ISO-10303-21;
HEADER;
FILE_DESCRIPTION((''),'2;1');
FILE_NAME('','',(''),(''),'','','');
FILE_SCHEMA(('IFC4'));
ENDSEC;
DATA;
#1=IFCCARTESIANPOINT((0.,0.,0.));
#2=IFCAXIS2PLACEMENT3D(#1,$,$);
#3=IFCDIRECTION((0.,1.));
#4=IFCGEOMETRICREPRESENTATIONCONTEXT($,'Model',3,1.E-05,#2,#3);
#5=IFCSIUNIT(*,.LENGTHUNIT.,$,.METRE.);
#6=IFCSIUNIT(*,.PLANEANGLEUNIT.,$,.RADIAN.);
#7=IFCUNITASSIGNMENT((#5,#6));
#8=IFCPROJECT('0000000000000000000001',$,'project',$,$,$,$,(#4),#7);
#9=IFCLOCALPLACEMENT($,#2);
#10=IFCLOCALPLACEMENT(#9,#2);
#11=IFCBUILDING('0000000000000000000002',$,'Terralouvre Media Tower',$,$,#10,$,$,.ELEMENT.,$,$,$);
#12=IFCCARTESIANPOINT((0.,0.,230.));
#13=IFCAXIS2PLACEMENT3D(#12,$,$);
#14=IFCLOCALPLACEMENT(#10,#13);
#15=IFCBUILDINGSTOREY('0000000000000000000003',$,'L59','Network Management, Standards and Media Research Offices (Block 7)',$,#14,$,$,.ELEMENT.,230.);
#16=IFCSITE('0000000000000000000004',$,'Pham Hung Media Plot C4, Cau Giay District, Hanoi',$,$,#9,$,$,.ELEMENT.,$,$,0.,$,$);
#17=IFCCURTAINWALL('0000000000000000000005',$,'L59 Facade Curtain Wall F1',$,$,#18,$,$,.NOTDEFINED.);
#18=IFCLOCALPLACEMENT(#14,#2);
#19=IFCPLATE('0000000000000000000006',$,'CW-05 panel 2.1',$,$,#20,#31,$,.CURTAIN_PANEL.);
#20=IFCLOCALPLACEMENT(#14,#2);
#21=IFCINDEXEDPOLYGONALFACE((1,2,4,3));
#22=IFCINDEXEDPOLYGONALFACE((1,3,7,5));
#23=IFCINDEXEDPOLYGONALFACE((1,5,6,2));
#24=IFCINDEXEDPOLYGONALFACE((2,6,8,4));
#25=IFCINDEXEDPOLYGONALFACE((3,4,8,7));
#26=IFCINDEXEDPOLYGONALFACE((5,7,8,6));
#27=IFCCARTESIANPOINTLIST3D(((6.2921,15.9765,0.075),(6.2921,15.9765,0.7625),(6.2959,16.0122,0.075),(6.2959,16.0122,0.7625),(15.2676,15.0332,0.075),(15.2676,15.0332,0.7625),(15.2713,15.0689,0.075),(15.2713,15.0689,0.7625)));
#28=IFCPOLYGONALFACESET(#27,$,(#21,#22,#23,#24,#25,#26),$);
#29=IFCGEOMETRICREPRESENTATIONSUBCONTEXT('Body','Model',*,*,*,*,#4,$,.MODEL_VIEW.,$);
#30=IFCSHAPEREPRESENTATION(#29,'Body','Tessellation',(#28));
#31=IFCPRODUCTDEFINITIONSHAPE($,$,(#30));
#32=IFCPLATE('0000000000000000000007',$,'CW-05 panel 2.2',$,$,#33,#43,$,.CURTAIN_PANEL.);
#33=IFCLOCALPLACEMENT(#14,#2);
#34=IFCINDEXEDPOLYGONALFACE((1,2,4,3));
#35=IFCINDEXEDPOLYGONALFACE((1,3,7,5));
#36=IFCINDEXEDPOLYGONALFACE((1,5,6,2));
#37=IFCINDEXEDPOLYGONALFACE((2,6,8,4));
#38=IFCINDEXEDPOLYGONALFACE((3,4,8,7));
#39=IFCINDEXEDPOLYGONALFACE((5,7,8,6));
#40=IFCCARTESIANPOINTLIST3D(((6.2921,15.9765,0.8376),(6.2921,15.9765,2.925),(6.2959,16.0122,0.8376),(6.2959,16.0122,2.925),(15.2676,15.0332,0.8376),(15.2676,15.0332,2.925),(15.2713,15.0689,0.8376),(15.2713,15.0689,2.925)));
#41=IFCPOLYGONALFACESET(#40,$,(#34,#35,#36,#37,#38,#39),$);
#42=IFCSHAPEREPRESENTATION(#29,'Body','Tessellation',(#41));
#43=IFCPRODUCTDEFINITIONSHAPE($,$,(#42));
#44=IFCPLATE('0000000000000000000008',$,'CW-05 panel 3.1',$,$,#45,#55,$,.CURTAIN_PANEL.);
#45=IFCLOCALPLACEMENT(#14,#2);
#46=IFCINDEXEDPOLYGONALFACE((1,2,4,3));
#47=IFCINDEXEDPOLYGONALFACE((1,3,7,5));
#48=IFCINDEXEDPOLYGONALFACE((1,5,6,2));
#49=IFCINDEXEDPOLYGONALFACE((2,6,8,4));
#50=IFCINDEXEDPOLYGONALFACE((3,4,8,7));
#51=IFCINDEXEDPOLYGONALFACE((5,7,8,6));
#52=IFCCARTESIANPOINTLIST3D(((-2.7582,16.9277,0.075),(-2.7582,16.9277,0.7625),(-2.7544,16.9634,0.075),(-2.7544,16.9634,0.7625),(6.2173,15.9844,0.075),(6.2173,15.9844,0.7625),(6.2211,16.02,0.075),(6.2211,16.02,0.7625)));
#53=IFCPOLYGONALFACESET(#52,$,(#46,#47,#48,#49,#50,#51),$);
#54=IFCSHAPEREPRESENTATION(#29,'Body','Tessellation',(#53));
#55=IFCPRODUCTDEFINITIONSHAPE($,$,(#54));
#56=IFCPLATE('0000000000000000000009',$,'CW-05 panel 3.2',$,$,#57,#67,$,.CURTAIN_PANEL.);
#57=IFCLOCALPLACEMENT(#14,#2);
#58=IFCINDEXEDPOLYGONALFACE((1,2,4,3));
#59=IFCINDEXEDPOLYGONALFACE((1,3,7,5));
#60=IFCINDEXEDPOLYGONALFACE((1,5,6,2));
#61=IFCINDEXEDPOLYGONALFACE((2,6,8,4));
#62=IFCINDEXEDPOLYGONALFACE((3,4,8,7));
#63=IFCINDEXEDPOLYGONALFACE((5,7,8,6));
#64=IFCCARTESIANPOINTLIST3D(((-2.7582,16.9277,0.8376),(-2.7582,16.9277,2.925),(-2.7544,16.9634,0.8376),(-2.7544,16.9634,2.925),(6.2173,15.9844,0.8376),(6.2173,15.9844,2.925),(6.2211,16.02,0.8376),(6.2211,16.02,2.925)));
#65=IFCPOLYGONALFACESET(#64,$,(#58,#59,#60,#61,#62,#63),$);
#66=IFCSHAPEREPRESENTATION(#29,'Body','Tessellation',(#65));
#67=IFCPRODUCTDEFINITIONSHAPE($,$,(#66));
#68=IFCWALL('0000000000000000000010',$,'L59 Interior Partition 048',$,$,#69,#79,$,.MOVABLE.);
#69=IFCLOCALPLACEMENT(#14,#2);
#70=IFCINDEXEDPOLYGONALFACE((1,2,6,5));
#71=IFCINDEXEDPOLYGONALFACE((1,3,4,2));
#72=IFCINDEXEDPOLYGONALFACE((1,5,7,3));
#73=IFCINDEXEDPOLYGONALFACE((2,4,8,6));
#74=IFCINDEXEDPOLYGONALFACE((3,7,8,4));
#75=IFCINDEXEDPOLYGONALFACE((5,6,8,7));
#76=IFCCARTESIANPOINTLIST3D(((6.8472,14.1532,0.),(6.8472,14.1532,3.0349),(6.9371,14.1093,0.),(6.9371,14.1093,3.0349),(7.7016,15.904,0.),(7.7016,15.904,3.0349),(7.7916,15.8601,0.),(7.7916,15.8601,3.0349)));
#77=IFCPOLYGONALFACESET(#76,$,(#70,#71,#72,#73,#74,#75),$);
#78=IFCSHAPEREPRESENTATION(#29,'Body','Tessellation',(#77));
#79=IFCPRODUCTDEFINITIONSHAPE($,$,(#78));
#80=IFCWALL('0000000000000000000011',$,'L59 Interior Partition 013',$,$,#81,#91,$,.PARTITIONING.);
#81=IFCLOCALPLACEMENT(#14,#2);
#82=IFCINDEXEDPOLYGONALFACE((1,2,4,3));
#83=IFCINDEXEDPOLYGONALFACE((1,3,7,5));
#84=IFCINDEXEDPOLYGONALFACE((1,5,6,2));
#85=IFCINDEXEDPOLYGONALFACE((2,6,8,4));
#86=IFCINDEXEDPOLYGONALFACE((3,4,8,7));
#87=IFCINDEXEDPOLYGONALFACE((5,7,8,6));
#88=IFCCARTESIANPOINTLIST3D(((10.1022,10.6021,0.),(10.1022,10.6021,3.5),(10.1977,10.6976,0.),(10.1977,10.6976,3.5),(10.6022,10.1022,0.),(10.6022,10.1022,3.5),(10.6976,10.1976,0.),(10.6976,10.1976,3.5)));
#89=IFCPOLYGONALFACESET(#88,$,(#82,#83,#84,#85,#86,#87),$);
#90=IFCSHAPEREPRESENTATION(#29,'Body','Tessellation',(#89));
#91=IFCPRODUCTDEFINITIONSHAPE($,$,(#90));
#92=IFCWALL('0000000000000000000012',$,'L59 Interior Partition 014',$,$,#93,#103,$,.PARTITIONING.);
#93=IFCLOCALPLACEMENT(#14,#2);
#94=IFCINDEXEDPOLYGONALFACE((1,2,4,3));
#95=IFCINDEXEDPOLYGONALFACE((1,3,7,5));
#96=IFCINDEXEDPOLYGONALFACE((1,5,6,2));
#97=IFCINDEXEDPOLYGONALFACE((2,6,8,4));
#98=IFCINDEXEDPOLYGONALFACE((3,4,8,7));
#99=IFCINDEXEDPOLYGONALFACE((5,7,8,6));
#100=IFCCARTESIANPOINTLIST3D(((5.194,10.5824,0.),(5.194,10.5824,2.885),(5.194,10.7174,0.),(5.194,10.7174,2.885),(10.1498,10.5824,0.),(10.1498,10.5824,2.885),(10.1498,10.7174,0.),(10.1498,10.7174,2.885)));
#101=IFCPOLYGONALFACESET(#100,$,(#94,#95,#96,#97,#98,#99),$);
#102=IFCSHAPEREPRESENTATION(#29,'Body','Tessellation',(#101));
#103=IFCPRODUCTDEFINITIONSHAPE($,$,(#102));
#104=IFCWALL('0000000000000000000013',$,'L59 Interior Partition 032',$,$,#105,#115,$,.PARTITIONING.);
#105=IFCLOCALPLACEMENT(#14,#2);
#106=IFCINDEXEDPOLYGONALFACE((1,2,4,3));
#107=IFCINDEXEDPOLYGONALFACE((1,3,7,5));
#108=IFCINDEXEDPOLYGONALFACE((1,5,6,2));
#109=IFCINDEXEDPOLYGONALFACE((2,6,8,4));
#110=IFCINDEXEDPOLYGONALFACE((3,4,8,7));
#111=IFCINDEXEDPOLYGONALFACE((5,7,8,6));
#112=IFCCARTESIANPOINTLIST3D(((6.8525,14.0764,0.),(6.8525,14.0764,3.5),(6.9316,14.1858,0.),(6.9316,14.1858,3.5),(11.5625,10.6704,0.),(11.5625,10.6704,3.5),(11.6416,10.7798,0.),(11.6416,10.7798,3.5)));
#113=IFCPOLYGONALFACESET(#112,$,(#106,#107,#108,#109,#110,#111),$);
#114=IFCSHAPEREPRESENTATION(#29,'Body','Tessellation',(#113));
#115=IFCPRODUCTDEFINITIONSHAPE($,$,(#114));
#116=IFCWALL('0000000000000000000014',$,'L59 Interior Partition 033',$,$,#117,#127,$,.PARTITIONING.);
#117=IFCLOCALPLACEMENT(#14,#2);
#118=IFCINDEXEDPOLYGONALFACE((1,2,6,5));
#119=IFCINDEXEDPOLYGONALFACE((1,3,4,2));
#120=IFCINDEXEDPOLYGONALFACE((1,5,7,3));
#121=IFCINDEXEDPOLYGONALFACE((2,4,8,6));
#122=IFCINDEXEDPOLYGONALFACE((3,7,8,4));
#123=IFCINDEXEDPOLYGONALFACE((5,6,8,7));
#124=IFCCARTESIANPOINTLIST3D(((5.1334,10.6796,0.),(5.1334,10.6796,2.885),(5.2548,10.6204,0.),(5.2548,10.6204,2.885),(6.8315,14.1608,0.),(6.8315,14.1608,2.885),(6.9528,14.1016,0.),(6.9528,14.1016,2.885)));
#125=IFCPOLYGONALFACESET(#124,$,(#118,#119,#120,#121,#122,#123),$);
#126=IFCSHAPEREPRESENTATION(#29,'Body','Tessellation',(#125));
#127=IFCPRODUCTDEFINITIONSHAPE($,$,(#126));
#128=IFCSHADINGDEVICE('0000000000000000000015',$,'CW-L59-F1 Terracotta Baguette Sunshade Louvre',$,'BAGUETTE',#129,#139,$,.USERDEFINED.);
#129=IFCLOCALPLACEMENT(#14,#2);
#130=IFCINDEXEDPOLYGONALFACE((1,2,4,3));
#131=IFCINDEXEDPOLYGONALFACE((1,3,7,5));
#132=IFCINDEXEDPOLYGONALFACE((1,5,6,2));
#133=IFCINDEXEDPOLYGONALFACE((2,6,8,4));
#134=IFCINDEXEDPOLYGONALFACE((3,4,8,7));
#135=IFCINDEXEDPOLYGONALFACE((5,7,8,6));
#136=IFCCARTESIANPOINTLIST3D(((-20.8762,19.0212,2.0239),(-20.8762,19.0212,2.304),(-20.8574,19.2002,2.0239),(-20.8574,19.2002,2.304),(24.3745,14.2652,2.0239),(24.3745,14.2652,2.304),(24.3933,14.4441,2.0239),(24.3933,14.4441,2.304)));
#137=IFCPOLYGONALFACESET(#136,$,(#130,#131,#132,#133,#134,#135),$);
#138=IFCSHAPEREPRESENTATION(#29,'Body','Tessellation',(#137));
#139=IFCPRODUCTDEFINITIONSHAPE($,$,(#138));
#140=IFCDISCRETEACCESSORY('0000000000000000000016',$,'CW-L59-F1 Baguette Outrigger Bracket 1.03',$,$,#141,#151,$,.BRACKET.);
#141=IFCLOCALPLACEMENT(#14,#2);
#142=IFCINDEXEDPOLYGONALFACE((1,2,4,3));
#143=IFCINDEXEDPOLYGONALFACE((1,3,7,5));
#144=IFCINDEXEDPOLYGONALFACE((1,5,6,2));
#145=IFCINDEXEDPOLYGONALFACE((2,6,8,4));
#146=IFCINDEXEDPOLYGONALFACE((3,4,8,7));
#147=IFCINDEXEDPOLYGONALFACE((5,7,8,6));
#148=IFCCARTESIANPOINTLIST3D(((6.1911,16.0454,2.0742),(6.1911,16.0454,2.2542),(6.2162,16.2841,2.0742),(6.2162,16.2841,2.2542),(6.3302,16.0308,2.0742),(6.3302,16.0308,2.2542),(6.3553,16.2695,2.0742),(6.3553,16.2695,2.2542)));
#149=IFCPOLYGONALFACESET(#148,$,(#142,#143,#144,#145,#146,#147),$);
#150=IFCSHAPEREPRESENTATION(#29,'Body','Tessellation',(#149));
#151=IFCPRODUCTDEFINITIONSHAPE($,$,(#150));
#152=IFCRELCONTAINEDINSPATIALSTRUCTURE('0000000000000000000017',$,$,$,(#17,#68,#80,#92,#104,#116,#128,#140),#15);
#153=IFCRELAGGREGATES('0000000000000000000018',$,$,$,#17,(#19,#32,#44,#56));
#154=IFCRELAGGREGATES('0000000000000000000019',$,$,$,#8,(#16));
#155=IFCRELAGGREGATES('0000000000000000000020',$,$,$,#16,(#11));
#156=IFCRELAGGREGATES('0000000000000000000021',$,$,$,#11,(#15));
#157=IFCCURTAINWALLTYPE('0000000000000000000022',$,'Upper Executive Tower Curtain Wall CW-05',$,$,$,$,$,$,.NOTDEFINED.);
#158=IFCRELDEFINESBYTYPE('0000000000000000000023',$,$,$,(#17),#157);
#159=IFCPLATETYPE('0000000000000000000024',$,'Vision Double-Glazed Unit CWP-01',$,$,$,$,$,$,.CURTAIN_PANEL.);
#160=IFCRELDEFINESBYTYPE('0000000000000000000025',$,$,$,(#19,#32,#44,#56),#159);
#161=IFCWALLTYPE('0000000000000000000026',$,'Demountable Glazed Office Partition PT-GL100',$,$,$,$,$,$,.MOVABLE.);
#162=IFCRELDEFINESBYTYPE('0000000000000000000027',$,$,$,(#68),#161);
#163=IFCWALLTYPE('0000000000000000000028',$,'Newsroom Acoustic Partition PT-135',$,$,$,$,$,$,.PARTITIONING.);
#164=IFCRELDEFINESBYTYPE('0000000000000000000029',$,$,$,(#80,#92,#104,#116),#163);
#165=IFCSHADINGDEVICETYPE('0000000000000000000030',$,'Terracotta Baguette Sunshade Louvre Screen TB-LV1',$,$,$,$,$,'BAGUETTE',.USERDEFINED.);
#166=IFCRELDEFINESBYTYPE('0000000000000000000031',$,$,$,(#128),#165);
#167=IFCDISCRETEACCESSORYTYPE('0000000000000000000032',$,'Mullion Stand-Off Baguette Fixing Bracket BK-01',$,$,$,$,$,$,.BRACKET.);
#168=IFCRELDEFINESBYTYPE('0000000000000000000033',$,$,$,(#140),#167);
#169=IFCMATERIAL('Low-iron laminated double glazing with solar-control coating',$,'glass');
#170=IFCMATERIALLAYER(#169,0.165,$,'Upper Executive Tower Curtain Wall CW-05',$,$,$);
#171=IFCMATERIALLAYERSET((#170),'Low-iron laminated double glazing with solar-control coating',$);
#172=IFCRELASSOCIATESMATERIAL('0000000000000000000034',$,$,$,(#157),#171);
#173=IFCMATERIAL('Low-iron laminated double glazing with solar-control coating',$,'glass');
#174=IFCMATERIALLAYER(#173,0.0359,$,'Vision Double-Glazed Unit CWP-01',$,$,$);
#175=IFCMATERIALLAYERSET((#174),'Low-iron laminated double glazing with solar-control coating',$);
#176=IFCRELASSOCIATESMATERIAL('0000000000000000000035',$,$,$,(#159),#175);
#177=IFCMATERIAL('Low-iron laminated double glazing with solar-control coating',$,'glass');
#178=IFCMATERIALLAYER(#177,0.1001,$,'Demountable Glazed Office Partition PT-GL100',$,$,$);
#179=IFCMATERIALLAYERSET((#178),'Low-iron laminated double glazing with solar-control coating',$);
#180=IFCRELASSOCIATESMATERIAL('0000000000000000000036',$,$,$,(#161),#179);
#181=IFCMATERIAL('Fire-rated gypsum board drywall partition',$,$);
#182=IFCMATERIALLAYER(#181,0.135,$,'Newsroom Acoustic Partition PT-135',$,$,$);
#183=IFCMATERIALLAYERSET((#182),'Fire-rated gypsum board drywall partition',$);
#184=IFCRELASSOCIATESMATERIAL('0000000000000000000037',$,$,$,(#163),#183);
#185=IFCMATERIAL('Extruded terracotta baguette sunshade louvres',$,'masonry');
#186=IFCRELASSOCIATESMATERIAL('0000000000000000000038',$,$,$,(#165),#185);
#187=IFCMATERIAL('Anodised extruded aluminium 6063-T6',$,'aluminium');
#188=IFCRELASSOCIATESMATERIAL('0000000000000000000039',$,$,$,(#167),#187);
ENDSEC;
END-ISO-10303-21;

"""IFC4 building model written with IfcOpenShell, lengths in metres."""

from ifc_helpers import new_model, si_unit, direction, frame, frame_2d, origin, origin_2d, place, context, subcontext, project, spatial, rectangle, extrude, material, layer, layer_set, type_object, element, aggregate, save


model = new_model("IFC4")

# Units and contexts
model_context = context("Model", 3, precision=1e-05, world=origin(), true_north=direction((0.0, 1.0)))
body_context = subcontext(model_context, "Body", "Model", "MODEL_VIEW")
ifc_project = project(units=[si_unit("LENGTHUNIT", "METRE"), si_unit("PLANEANGLEUNIT", "RADIAN")], contexts=[model_context])

# Site, building, storey
site_placement = place(None, origin())
site = spatial("IfcSite", under=ifc_project, at=site_placement, Name="Pham Hung Media Plot C4, Cau Giay District, Hanoi", CompositionType="ELEMENT", RefElevation=0.0)
building_placement = place(site_placement, origin())
building = spatial("IfcBuilding", under=site, at=building_placement, Name="Terralouvre Media Tower", CompositionType="ELEMENT")
storey_placement = place(building_placement, frame((0.0, 0.0, 230.0)))
storey = spatial("IfcBuildingStorey", under=building, at=storey_placement, Name="L59", Description="Network Management, Standards and Media Research Offices (Block 7)", CompositionType="ELEMENT", Elevation=230.0)

# Curtain wall
ifc_material_1 = material(Name="Low-iron laminated double glazing with solar-control coating", Category="glass")
ifc_layer_1 = layer(ifc_material_1, 0.165, Name="Upper Executive Tower Curtain Wall CW-05")
ifc_layer_set_1 = layer_set([ifc_layer_1], Name="Low-iron laminated double glazing with solar-control coating")
curtain_wall_type = type_object("IfcCurtainWallType", Name="Upper Executive Tower Curtain Wall CW-05", PredefinedType="NOTDEFINED", material=ifc_layer_set_1)
curtain_wall_placement = place(storey_placement, origin())
curtain_wall = element("IfcCurtainWall", 1, at=curtain_wall_placement, inside=storey, type_object=curtain_wall_type, Name="L59 Facade Curtain Wall F1", PredefinedType="NOTDEFINED")

# Plates
ifc_material_2 = material(Name="Low-iron laminated double glazing with solar-control coating", Category="glass")
ifc_layer_2 = layer(ifc_material_2, 0.0359, Name="Vision Double-Glazed Unit CWP-01")
ifc_layer_set_2 = layer_set([ifc_layer_2], Name="Low-iron laminated double glazing with solar-control coating")
plate_type = type_object("IfcPlateType", Name="Vision Double-Glazed Unit CWP-01", PredefinedType="CURTAIN_PANEL", material=ifc_layer_set_2)
plate_1_placement = place(storey_placement, frame((10.7817, 15.5227, 0.075), z_axis=(0.0, 0.0, 1.0), x_axis=(-0.994522, 0.104529, 0.0)))
plate_1 = element("IfcPlate", 2, at=plate_1_placement, type_object=plate_type, Name="CW-05 panel 2.1", PredefinedType="CURTAIN_PANEL", context=body_context, shape_type="SweptSolid", body=[
    extrude(rectangle(XDim=9.0249, YDim=0.0359, at=origin_2d()), origin(), (0.0, 0.0, 1.0), 0.6875),
])
plate_2_placement = place(storey_placement, frame((10.7817, 15.5227, 0.8376), z_axis=(0.0, 0.0, 1.0), x_axis=(-0.994522, 0.104529, 0.0)))
plate_2 = element("IfcPlate", 3, at=plate_2_placement, type_object=plate_type, Name="CW-05 panel 2.2", PredefinedType="CURTAIN_PANEL", context=body_context, shape_type="SweptSolid", body=[
    extrude(rectangle(XDim=9.0249, YDim=0.0359, at=origin_2d()), origin(), (0.0, 0.0, 1.0), 2.0874),
])
plate_3_placement = place(storey_placement, frame((1.7314, 16.4739, 0.075), z_axis=(0.0, 0.0, 1.0), x_axis=(-0.994522, 0.104529, 0.0)))
plate_3 = element("IfcPlate", 4, at=plate_3_placement, type_object=plate_type, Name="CW-05 panel 3.1", PredefinedType="CURTAIN_PANEL", context=body_context, shape_type="SweptSolid", body=[
    extrude(rectangle(XDim=9.0249, YDim=0.0359, at=origin_2d()), origin(), (0.0, 0.0, 1.0), 0.6875),
])
plate_4_placement = place(storey_placement, frame((1.7314, 16.4739, 0.8376), z_axis=(0.0, 0.0, 1.0), x_axis=(-0.994522, 0.104529, 0.0)))
plate_4 = element("IfcPlate", 5, at=plate_4_placement, type_object=plate_type, Name="CW-05 panel 3.2", PredefinedType="CURTAIN_PANEL", context=body_context, shape_type="SweptSolid", body=[
    extrude(rectangle(XDim=9.0249, YDim=0.0359, at=origin_2d()), origin(), (0.0, 0.0, 1.0), 2.0874),
])
aggregate(curtain_wall, [plate_1, plate_2, plate_3, plate_4])

# Walls
ifc_material_3 = material(Name="Low-iron laminated double glazing with solar-control coating", Category="glass")
ifc_layer_3 = layer(ifc_material_3, 0.1001, Name="Demountable Glazed Office Partition PT-GL100")
ifc_layer_set_3 = layer_set([ifc_layer_3], Name="Low-iron laminated double glazing with solar-control coating")
wall_type_1 = type_object("IfcWallType", Name="Demountable Glazed Office Partition PT-GL100", PredefinedType="MOVABLE", material=ifc_layer_set_3)
wall_1_placement = place(storey_placement, frame((7.7466, 15.8821, 0.0), z_axis=(0.0, 0.0, 1.0), x_axis=(-0.438572, -0.898696, 0.0)))
element("IfcWall", 6, at=wall_1_placement, inside=storey, type_object=wall_type_1, Name="L59 Interior Partition 048", PredefinedType="MOVABLE", context=body_context, shape_type="SweptSolid", body=[
    extrude(rectangle(XDim=1.9482, YDim=0.1001, at=frame_2d((0.9741, 0.0))), origin(), (0.0, 0.0, 1.0), 3.0349),
])
ifc_material_4 = material(Name="Fire-rated gypsum board drywall partition")
ifc_layer_4 = layer(ifc_material_4, 0.135, Name="Newsroom Acoustic Partition PT-135")
ifc_layer_set_4 = layer_set([ifc_layer_4], Name="Fire-rated gypsum board drywall partition")
wall_type_2 = type_object("IfcWallType", Name="Newsroom Acoustic Partition PT-135", PredefinedType="PARTITIONING", material=ifc_layer_set_4)
wall_2_placement = place(storey_placement, frame((10.6499, 10.1499, 0.0), z_axis=(0.0, 0.0, 1.0), x_axis=(-0.707107, 0.707107, 0.0)))
element("IfcWall", 7, at=wall_2_placement, inside=storey, type_object=wall_type_2, Name="L59 Interior Partition 013", PredefinedType="PARTITIONING", context=body_context, shape_type="SweptSolid", body=[
    extrude(rectangle(XDim=0.707, YDim=0.135, at=frame_2d((0.3535, 0.0))), origin(), (0.0, 0.0, 1.0), 3.5),
])
wall_3_placement = place(storey_placement, frame((10.1499, 10.6499, 0.0), z_axis=(0.0, 0.0, 1.0), x_axis=(-1.0, 0.0, 0.0)))
element("IfcWall", 8, at=wall_3_placement, inside=storey, type_object=wall_type_2, Name="L59 Interior Partition 014", PredefinedType="PARTITIONING", context=body_context, shape_type="SweptSolid", body=[
    extrude(rectangle(XDim=4.9558, YDim=0.135, at=frame_2d((2.478, 0.0))), origin(), (0.0, 0.0, 1.0), 2.885),
])

# Walls
wall_4_placement = place(storey_placement, frame((11.6021, 10.7251, 0.0), z_axis=(0.0, 0.0, 1.0), x_axis=(-0.810322, 0.585984, 0.0)))
element("IfcWall", 9, at=wall_4_placement, inside=storey, type_object=wall_type_2, Name="L59 Interior Partition 032", PredefinedType="PARTITIONING", context=body_context, shape_type="SweptSolid", body=[
    extrude(rectangle(XDim=5.8125, YDim=0.135, at=frame_2d((2.9062, 0.0))), origin(), (0.0, 0.0, 1.0), 3.5),
])
wall_5_placement = place(storey_placement, frame((6.8921, 14.1311, 0.0), z_axis=(0.0, 0.0, 1.0), x_axis=(-0.438393, -0.898784, 0.0)))
element("IfcWall", 10, at=wall_5_placement, inside=storey, type_object=wall_type_2, Name="L59 Interior Partition 033", PredefinedType="PARTITIONING", context=body_context, shape_type="SweptSolid", body=[
    extrude(rectangle(XDim=3.8733, YDim=0.135, at=frame_2d((1.9365, 0.0))), origin(), (0.0, 0.0, 1.0), 2.885),
])

# Shading device
ifc_material_5 = material(Name="Extruded terracotta baguette sunshade louvres", Category="masonry")
shading_device_type = type_object("IfcShadingDeviceType", Name="Terracotta Baguette Sunshade Louvre Screen TB-LV1", ElementType="BAGUETTE", PredefinedType="USERDEFINED", material=ifc_material_5)
shading_device_placement = place(storey_placement, frame((1.7585, 16.7327, 2.0239), z_axis=(0.0, 0.0, 1.0), x_axis=(-0.994522, 0.104529, 0.0)))
element("IfcShadingDevice", 11, at=shading_device_placement, inside=storey, type_object=shading_device_type, Name="CW-L59-F1 Terracotta Baguette Sunshade Louvre", ObjectType="BAGUETTE", PredefinedType="USERDEFINED", context=body_context, shape_type="SweptSolid", body=[
    extrude(rectangle(XDim=45.5, YDim=0.1799, at=origin_2d()), origin(), (0.0, 0.0, 1.0), 0.28),
])

# Discrete accessory
ifc_material_6 = material(Name="Anodised extruded aluminium 6063-T6", Category="aluminium")
discrete_accessory_type = type_object("IfcDiscreteAccessoryType", Name="Mullion Stand-Off Baguette Fixing Bracket BK-01", PredefinedType="BRACKET", material=ifc_material_6)
discrete_accessory_placement = place(storey_placement, frame((6.2732, 16.1575, 2.0742), z_axis=(0.0, 0.0, 1.0), x_axis=(-0.994522, 0.104529, 0.0)))
element("IfcDiscreteAccessory", 12, at=discrete_accessory_placement, inside=storey, type_object=discrete_accessory_type, Name="CW-L59-F1 Baguette Outrigger Bracket 1.03", PredefinedType="BRACKET", context=body_context, shape_type="SweptSolid", body=[
    extrude(rectangle(XDim=0.1399, YDim=0.24, at=origin_2d()), origin(), (0.0, 0.0, 1.0), 0.1799),
])

save(model, "model.ifc")
